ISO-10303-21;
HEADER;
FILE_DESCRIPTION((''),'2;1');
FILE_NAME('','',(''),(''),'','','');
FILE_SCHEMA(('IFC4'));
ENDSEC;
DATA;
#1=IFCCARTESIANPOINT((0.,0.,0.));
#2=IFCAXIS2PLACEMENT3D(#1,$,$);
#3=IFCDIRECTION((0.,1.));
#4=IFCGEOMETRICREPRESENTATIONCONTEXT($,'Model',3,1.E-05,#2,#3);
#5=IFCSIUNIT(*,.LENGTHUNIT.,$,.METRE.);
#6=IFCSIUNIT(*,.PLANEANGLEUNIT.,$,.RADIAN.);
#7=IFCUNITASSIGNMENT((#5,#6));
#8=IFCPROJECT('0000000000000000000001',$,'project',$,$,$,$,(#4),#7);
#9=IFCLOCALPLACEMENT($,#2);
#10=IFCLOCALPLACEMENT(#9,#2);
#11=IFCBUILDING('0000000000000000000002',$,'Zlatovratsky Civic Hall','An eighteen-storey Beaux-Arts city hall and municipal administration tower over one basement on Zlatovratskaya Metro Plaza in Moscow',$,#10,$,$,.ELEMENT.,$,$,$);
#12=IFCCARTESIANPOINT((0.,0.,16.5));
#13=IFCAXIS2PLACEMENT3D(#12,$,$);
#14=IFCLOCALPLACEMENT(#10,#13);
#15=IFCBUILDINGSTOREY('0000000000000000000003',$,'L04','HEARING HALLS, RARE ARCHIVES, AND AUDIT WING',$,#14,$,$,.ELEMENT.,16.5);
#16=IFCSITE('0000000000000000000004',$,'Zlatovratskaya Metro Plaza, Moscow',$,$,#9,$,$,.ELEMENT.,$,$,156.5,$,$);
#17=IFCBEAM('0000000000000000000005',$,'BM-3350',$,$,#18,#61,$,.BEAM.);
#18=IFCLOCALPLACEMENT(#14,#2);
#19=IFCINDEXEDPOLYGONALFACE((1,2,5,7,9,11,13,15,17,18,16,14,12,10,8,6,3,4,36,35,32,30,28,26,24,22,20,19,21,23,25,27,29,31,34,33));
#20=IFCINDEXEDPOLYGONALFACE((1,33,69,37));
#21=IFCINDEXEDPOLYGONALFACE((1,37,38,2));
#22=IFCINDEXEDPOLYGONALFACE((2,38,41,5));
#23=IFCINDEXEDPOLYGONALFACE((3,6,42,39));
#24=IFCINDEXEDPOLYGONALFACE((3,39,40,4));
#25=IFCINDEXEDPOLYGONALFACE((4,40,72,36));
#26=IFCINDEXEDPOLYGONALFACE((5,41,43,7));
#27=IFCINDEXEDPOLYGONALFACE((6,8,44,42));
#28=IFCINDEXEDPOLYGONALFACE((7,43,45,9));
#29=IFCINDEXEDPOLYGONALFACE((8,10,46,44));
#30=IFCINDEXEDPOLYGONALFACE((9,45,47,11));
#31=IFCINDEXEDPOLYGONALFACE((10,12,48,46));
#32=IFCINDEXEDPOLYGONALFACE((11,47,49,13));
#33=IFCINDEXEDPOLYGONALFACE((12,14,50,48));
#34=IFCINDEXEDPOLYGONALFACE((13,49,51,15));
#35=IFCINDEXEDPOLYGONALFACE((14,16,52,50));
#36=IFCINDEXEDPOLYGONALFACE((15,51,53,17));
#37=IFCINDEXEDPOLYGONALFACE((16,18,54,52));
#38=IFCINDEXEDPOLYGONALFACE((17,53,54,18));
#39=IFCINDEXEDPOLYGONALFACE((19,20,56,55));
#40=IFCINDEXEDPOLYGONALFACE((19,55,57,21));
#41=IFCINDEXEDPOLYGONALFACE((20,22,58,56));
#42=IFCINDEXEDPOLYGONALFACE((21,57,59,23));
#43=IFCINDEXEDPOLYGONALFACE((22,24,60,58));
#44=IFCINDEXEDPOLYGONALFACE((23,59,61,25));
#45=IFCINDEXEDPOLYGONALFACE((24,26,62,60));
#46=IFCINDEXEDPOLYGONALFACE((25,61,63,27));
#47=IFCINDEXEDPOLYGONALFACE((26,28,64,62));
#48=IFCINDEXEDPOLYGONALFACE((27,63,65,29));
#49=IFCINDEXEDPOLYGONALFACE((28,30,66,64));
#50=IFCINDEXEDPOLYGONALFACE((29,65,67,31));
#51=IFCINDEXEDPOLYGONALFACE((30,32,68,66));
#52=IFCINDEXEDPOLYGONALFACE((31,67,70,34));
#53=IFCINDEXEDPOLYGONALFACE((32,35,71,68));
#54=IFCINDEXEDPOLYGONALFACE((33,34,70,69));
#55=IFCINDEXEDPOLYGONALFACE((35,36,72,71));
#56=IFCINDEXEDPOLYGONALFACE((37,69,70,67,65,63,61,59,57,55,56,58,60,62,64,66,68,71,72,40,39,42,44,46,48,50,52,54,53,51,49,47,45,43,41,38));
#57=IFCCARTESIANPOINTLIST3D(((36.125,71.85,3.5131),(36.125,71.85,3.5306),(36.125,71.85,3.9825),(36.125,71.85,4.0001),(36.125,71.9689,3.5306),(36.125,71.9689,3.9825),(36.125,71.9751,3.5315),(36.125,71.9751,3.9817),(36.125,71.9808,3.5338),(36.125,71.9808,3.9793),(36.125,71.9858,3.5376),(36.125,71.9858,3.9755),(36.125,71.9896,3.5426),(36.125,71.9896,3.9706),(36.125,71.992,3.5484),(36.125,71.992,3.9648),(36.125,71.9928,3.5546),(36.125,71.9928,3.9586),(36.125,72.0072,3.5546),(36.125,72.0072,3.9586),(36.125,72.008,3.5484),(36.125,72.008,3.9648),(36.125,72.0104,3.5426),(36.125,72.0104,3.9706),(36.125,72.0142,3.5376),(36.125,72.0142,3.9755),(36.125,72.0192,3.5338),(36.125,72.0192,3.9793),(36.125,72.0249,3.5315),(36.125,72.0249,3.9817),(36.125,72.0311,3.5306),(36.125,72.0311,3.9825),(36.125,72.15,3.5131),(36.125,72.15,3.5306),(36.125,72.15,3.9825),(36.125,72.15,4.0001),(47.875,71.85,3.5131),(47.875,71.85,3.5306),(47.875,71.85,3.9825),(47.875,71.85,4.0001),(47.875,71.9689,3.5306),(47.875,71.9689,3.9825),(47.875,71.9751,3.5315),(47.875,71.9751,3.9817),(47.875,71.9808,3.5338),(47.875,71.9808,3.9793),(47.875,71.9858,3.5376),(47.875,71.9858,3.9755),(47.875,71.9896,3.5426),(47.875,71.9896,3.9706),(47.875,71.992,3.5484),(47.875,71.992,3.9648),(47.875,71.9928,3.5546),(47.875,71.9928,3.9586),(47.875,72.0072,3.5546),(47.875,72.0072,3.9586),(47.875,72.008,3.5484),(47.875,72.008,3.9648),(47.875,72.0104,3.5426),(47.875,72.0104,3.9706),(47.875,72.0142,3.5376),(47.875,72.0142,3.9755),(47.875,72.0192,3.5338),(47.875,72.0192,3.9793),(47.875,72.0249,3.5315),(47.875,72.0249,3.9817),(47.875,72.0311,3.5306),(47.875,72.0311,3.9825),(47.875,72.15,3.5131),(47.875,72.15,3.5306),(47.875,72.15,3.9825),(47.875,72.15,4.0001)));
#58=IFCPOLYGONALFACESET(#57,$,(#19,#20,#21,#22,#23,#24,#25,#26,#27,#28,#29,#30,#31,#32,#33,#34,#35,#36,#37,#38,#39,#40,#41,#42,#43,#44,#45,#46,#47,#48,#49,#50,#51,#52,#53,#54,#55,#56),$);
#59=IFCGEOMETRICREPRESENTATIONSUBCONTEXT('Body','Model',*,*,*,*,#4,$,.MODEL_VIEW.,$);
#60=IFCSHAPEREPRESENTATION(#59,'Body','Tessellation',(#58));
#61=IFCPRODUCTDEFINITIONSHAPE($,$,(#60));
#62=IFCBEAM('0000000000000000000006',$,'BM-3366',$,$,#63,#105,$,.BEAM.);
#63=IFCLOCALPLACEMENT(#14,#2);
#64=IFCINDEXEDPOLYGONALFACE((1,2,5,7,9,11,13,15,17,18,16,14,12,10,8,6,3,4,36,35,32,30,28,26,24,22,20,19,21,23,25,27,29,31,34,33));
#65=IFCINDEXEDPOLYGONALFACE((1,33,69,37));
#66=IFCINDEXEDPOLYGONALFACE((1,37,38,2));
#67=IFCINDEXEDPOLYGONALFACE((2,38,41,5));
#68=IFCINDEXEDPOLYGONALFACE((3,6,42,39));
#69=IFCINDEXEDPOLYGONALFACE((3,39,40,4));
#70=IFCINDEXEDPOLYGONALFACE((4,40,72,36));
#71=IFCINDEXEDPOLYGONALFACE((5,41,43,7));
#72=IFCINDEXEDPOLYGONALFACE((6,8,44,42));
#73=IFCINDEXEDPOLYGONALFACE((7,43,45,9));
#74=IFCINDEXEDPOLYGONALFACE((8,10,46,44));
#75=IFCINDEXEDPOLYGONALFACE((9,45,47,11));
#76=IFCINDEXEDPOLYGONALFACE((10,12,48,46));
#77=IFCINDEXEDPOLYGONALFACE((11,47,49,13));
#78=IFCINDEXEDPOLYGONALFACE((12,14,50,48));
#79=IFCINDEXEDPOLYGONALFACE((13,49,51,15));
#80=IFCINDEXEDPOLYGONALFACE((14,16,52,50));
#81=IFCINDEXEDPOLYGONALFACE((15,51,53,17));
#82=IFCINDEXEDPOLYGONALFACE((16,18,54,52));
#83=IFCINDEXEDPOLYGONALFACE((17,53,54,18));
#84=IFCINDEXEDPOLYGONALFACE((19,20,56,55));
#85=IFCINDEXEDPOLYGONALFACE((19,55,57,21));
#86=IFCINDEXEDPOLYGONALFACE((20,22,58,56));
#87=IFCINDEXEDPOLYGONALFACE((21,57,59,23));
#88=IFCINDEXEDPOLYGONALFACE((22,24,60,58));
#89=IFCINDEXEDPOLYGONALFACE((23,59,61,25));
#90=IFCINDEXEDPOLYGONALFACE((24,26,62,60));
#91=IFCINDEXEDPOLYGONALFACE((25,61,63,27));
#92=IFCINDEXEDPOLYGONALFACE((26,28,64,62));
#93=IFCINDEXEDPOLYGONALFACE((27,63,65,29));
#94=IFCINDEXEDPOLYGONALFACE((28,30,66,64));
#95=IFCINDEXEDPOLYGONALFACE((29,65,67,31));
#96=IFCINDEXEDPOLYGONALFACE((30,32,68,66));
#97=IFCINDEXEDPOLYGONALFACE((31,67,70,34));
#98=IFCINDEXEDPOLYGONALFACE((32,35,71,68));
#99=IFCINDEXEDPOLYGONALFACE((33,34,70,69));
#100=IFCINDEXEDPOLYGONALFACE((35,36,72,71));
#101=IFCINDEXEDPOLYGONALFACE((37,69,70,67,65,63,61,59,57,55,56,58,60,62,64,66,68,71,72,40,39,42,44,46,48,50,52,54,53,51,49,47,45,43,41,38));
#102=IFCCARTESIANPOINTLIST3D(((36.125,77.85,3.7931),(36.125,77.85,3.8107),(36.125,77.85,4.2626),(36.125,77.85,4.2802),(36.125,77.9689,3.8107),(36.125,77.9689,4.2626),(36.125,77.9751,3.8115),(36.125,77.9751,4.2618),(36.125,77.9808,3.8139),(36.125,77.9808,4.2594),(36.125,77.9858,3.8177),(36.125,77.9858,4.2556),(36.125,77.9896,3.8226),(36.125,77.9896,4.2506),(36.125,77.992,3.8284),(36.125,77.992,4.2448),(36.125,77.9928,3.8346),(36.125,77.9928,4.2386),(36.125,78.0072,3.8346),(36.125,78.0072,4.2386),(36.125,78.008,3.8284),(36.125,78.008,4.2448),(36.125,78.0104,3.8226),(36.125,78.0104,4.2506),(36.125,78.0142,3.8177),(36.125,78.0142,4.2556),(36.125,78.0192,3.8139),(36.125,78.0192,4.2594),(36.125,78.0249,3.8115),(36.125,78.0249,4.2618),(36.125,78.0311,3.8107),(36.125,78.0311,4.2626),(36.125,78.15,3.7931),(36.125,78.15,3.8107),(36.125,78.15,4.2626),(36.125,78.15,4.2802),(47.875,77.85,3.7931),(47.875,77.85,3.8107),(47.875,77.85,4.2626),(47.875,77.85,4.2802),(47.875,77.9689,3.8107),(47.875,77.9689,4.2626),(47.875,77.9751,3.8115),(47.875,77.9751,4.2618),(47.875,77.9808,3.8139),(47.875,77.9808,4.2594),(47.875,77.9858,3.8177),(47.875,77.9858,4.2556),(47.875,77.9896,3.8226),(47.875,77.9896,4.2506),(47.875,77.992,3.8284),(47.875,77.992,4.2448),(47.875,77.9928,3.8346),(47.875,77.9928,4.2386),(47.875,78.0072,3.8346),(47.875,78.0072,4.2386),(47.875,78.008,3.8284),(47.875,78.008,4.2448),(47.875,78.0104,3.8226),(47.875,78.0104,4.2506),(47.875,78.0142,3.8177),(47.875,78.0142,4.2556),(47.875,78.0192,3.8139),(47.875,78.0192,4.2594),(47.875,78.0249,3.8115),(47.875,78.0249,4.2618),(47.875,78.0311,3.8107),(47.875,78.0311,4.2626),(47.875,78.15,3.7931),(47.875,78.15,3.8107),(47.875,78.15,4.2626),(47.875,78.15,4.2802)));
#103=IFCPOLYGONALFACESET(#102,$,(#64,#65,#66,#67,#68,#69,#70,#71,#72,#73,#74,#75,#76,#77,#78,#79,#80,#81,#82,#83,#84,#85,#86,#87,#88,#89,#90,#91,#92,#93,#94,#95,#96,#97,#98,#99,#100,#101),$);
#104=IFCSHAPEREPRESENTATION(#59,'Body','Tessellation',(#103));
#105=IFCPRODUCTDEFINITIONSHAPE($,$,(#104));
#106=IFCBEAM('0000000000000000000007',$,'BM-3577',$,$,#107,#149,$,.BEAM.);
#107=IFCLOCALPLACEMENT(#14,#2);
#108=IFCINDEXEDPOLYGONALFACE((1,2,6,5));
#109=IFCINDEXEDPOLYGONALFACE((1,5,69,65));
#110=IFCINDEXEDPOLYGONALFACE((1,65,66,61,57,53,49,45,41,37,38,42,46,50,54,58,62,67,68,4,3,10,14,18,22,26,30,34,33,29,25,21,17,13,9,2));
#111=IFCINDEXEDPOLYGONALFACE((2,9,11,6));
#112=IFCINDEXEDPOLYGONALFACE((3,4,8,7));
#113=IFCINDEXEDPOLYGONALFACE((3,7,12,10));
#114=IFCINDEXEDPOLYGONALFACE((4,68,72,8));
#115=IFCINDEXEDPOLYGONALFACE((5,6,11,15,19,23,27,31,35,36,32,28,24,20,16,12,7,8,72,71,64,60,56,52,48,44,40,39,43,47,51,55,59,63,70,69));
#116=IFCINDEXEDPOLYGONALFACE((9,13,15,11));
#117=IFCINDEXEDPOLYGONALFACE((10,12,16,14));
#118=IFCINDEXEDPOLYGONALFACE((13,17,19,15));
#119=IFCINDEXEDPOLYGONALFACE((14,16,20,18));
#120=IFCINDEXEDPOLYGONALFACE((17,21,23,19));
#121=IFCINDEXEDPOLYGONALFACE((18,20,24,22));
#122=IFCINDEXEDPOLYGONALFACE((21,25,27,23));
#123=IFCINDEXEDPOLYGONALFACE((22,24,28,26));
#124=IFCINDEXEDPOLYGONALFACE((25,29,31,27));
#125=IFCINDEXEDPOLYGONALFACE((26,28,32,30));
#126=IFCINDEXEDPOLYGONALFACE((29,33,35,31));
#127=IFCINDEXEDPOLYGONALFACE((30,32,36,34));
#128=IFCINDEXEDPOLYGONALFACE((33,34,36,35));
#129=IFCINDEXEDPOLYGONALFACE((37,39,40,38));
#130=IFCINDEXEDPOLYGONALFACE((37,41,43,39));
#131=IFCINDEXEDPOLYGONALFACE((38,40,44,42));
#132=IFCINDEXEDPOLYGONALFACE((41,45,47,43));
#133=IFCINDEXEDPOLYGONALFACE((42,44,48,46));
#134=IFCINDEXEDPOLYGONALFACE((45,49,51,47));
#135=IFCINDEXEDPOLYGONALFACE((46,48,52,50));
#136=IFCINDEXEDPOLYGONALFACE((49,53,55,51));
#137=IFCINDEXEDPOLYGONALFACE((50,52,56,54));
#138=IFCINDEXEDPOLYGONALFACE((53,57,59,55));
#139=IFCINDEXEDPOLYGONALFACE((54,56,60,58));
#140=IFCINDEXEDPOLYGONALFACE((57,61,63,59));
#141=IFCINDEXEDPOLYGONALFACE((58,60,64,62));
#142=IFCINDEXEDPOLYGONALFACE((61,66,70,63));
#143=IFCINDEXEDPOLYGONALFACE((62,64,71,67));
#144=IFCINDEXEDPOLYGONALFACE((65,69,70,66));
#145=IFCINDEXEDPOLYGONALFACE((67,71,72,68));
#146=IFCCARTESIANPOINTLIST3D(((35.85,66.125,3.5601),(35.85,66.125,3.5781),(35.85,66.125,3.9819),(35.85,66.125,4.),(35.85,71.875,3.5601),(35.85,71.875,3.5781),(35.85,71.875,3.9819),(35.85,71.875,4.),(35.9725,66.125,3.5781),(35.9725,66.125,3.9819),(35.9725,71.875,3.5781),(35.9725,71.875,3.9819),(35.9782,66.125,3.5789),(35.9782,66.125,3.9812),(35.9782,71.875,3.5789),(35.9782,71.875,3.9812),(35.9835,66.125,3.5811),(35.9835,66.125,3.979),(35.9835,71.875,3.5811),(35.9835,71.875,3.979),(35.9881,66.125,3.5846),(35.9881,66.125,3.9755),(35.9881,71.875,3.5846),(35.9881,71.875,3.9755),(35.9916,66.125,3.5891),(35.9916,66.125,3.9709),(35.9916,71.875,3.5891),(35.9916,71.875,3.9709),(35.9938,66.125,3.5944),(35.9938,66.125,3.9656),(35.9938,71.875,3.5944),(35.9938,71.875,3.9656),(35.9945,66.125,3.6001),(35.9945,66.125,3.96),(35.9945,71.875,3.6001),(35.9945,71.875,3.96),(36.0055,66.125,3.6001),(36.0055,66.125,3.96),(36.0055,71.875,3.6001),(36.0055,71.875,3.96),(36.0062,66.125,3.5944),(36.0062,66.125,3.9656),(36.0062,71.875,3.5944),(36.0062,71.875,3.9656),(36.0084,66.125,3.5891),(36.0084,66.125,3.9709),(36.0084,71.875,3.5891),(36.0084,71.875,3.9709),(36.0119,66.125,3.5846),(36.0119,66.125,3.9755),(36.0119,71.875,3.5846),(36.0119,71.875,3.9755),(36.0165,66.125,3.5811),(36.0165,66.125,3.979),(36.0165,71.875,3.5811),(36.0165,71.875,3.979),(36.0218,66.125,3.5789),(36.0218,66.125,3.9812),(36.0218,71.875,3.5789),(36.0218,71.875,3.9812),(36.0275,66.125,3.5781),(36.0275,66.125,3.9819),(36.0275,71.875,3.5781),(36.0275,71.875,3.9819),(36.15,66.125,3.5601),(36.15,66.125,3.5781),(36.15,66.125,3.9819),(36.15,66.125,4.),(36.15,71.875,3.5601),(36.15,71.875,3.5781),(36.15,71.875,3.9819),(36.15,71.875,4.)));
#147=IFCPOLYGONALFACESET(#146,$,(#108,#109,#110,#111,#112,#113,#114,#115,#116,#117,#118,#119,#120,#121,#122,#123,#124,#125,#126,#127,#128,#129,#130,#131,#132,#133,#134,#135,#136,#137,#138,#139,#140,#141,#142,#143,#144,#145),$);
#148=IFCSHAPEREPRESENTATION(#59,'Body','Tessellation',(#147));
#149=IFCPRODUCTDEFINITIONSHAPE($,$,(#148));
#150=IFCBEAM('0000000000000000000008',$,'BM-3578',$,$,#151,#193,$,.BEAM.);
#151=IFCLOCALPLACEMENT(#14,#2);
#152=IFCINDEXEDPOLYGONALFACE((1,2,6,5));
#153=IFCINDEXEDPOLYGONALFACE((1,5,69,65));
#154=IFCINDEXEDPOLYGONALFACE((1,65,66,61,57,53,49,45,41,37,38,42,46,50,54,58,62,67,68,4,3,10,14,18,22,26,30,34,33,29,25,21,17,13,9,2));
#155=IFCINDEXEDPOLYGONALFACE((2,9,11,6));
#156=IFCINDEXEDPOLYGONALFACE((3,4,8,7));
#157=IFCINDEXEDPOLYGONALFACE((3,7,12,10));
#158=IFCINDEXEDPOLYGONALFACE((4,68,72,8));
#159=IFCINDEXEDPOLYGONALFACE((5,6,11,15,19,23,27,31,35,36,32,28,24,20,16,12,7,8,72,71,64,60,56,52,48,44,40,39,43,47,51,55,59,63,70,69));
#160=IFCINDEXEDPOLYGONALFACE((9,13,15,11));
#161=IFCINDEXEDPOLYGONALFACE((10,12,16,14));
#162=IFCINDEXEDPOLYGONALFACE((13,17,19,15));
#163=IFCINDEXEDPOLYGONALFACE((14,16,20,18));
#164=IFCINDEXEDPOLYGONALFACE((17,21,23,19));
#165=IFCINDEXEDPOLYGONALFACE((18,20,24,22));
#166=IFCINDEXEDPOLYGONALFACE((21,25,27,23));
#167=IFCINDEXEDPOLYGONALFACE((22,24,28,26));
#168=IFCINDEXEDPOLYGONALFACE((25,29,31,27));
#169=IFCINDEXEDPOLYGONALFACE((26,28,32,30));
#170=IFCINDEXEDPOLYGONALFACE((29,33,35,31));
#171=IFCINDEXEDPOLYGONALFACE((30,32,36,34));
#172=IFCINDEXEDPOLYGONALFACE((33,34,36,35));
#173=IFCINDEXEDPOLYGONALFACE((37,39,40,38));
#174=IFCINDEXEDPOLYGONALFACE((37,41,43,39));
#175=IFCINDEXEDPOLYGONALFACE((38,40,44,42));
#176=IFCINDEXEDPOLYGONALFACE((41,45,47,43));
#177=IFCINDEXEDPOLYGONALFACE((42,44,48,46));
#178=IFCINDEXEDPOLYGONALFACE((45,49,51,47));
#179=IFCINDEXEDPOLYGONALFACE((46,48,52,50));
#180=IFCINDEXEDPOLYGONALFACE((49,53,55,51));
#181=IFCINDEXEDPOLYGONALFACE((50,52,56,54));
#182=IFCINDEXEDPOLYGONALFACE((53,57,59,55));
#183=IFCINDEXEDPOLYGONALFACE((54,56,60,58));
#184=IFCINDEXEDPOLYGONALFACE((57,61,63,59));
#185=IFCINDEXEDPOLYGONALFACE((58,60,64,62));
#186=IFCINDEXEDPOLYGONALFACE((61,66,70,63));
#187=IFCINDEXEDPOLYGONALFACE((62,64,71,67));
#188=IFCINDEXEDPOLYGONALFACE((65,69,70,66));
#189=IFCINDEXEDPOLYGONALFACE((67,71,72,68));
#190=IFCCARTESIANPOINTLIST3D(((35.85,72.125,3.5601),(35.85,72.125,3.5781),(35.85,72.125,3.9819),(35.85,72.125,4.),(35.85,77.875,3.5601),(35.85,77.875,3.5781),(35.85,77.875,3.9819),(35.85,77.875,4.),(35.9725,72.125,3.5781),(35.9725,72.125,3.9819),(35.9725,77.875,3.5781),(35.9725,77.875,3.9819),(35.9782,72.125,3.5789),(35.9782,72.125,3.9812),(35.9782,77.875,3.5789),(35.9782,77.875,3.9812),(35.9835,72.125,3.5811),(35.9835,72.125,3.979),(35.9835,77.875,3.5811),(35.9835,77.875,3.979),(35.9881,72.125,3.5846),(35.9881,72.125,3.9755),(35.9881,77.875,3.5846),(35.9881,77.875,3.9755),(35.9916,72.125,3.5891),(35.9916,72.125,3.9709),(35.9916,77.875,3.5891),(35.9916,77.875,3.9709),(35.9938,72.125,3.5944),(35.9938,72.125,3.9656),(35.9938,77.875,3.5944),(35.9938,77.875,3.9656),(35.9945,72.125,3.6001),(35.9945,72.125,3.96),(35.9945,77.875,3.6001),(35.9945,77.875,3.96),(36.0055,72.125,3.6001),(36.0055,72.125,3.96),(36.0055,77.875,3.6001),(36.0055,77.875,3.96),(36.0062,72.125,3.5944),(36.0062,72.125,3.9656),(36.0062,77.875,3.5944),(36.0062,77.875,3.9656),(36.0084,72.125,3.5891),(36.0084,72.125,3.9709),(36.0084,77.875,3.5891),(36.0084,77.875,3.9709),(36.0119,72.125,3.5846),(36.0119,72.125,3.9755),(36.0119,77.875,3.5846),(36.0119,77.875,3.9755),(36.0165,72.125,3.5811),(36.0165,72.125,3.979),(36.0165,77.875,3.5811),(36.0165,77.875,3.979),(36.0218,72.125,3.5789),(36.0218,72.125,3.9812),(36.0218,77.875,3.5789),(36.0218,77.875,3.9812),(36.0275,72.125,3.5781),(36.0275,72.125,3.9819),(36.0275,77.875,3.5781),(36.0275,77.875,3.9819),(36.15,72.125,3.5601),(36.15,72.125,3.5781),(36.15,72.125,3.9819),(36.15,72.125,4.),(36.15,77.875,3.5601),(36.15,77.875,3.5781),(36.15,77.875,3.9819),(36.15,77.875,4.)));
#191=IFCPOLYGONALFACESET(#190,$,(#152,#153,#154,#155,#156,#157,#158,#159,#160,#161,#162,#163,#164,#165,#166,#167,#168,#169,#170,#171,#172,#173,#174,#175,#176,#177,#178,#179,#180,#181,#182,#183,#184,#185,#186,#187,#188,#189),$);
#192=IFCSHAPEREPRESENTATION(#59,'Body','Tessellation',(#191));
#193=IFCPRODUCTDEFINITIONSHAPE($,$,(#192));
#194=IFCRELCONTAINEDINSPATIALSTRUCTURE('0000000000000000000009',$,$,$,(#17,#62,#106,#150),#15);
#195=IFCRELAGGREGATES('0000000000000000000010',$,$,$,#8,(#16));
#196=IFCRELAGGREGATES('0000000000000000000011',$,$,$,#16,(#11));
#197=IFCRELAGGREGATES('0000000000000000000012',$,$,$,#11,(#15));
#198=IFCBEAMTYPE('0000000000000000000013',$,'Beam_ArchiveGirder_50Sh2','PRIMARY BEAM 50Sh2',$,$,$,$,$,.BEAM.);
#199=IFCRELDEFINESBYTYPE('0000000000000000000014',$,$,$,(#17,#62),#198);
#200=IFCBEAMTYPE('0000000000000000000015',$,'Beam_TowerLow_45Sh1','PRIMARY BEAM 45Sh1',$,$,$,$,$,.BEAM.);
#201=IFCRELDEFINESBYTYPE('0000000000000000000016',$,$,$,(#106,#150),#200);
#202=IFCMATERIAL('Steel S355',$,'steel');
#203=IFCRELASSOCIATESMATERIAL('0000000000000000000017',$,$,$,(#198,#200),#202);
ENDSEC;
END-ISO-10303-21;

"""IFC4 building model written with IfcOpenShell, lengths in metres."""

from ifc_helpers import new_model, si_unit, direction, frame, origin, origin_2d, place, context, subcontext, project, spatial, i_section, extrude, material, material_profile, profile_set, type_object, element, save


model = new_model("IFC4")

# Units and contexts
model_context = context("Model", 3, precision=1e-05, world=origin(), true_north=direction((0.0, 1.0)))
body_context = subcontext(model_context, "Body", "Model", "MODEL_VIEW")
ifc_project = project(units=[si_unit("LENGTHUNIT", "METRE"), si_unit("PLANEANGLEUNIT", "RADIAN")], contexts=[model_context])

# Site, building, storey
site_placement = place(None, origin())
site = spatial("IfcSite", under=ifc_project, at=site_placement, Name="Zlatovratskaya Metro Plaza, Moscow", CompositionType="ELEMENT", RefElevation=156.5)
building_placement = place(site_placement, origin())
building = spatial("IfcBuilding", under=site, at=building_placement, Name="Zlatovratsky Civic Hall", Description="An eighteen-storey Beaux-Arts city hall and municipal administration tower over one basement on Zlatovratskaya Metro Plaza in Moscow", CompositionType="ELEMENT")
storey_placement = place(building_placement, frame((0.0, 0.0, 16.5)))
storey = spatial("IfcBuildingStorey", under=building, at=storey_placement, Name="L04", Description="HEARING HALLS, RARE ARCHIVES, AND AUDIT WING", CompositionType="ELEMENT", Elevation=16.5)

# Shared definitions
ifc_material_1 = material(Name="Steel S355", Category="steel")

# Beams
ifc_material_profile_1 = material_profile(ifc_material_1, i_section(OverallWidth=0.3, OverallDepth=0.4871, WebThickness=0.0144, FlangeThickness=0.0176, FilletRadius=0.0239, at=origin_2d()), Name="50Sh2")
ifc_profile_set_1 = profile_set([ifc_material_profile_1], Name="Steel S355")
beam_type_1 = type_object("IfcBeamType", Name="Beam_ArchiveGirder_50Sh2", Description="PRIMARY BEAM 50Sh2", PredefinedType="BEAM", material=ifc_profile_set_1)
for number, where, z_axis, x_axis, name in (
    (1, (36.125, 72.0, 3.7566), (1.0, 0.0, 0.0), (0.0, 1.0, 0.0), "BM-3350"),
    (2, (36.125, 78.0, 4.0366), (1.0, 0.0, 0.0), (0.0, 1.0, 0.0), "BM-3366"),
):
    element("IfcBeam", number, at=place(storey_placement, frame(where, z_axis=z_axis, x_axis=x_axis)), inside=storey, type_object=beam_type_1, Name=name, PredefinedType="BEAM", context=body_context, shape_type="SweptSolid", body=[
        extrude(i_section(OverallWidth=0.3, OverallDepth=0.4871, WebThickness=0.0144, FlangeThickness=0.0176, FilletRadius=0.0239, at=origin_2d()), origin(), (0.0, 0.0, 1.0), 11.75),
    ])
ifc_material_profile_2 = material_profile(ifc_material_1, i_section(OverallWidth=0.3, OverallDepth=0.4399, WebThickness=0.011, FlangeThickness=0.0181, FilletRadius=0.022, at=origin_2d()), Name="45Sh1")
ifc_profile_set_2 = profile_set([ifc_material_profile_2], Name="Steel S355")
beam_type_2 = type_object("IfcBeamType", Name="Beam_TowerLow_45Sh1", Description="PRIMARY BEAM 45Sh1", PredefinedType="BEAM", material=ifc_profile_set_2)
for number, where, z_axis, x_axis, name in (
    (3, (36.0, 66.125, 3.78), (0.0, 1.0, 0.0), (-1.0, 0.0, 0.0), "BM-3577"),
    (4, (36.0, 72.125, 3.78), (0.0, 1.0, 0.0), (-1.0, 0.0, 0.0), "BM-3578"),
):
    element("IfcBeam", number, at=place(storey_placement, frame(where, z_axis=z_axis, x_axis=x_axis)), inside=storey, type_object=beam_type_2, Name=name, PredefinedType="BEAM", context=body_context, shape_type="SweptSolid", body=[
        extrude(i_section(OverallWidth=0.3, OverallDepth=0.4399, WebThickness=0.011, FlangeThickness=0.0181, FilletRadius=0.022, at=origin_2d()), origin(), (0.0, 0.0, 1.0), 5.75),
    ])

save(model, "model.ifc")
